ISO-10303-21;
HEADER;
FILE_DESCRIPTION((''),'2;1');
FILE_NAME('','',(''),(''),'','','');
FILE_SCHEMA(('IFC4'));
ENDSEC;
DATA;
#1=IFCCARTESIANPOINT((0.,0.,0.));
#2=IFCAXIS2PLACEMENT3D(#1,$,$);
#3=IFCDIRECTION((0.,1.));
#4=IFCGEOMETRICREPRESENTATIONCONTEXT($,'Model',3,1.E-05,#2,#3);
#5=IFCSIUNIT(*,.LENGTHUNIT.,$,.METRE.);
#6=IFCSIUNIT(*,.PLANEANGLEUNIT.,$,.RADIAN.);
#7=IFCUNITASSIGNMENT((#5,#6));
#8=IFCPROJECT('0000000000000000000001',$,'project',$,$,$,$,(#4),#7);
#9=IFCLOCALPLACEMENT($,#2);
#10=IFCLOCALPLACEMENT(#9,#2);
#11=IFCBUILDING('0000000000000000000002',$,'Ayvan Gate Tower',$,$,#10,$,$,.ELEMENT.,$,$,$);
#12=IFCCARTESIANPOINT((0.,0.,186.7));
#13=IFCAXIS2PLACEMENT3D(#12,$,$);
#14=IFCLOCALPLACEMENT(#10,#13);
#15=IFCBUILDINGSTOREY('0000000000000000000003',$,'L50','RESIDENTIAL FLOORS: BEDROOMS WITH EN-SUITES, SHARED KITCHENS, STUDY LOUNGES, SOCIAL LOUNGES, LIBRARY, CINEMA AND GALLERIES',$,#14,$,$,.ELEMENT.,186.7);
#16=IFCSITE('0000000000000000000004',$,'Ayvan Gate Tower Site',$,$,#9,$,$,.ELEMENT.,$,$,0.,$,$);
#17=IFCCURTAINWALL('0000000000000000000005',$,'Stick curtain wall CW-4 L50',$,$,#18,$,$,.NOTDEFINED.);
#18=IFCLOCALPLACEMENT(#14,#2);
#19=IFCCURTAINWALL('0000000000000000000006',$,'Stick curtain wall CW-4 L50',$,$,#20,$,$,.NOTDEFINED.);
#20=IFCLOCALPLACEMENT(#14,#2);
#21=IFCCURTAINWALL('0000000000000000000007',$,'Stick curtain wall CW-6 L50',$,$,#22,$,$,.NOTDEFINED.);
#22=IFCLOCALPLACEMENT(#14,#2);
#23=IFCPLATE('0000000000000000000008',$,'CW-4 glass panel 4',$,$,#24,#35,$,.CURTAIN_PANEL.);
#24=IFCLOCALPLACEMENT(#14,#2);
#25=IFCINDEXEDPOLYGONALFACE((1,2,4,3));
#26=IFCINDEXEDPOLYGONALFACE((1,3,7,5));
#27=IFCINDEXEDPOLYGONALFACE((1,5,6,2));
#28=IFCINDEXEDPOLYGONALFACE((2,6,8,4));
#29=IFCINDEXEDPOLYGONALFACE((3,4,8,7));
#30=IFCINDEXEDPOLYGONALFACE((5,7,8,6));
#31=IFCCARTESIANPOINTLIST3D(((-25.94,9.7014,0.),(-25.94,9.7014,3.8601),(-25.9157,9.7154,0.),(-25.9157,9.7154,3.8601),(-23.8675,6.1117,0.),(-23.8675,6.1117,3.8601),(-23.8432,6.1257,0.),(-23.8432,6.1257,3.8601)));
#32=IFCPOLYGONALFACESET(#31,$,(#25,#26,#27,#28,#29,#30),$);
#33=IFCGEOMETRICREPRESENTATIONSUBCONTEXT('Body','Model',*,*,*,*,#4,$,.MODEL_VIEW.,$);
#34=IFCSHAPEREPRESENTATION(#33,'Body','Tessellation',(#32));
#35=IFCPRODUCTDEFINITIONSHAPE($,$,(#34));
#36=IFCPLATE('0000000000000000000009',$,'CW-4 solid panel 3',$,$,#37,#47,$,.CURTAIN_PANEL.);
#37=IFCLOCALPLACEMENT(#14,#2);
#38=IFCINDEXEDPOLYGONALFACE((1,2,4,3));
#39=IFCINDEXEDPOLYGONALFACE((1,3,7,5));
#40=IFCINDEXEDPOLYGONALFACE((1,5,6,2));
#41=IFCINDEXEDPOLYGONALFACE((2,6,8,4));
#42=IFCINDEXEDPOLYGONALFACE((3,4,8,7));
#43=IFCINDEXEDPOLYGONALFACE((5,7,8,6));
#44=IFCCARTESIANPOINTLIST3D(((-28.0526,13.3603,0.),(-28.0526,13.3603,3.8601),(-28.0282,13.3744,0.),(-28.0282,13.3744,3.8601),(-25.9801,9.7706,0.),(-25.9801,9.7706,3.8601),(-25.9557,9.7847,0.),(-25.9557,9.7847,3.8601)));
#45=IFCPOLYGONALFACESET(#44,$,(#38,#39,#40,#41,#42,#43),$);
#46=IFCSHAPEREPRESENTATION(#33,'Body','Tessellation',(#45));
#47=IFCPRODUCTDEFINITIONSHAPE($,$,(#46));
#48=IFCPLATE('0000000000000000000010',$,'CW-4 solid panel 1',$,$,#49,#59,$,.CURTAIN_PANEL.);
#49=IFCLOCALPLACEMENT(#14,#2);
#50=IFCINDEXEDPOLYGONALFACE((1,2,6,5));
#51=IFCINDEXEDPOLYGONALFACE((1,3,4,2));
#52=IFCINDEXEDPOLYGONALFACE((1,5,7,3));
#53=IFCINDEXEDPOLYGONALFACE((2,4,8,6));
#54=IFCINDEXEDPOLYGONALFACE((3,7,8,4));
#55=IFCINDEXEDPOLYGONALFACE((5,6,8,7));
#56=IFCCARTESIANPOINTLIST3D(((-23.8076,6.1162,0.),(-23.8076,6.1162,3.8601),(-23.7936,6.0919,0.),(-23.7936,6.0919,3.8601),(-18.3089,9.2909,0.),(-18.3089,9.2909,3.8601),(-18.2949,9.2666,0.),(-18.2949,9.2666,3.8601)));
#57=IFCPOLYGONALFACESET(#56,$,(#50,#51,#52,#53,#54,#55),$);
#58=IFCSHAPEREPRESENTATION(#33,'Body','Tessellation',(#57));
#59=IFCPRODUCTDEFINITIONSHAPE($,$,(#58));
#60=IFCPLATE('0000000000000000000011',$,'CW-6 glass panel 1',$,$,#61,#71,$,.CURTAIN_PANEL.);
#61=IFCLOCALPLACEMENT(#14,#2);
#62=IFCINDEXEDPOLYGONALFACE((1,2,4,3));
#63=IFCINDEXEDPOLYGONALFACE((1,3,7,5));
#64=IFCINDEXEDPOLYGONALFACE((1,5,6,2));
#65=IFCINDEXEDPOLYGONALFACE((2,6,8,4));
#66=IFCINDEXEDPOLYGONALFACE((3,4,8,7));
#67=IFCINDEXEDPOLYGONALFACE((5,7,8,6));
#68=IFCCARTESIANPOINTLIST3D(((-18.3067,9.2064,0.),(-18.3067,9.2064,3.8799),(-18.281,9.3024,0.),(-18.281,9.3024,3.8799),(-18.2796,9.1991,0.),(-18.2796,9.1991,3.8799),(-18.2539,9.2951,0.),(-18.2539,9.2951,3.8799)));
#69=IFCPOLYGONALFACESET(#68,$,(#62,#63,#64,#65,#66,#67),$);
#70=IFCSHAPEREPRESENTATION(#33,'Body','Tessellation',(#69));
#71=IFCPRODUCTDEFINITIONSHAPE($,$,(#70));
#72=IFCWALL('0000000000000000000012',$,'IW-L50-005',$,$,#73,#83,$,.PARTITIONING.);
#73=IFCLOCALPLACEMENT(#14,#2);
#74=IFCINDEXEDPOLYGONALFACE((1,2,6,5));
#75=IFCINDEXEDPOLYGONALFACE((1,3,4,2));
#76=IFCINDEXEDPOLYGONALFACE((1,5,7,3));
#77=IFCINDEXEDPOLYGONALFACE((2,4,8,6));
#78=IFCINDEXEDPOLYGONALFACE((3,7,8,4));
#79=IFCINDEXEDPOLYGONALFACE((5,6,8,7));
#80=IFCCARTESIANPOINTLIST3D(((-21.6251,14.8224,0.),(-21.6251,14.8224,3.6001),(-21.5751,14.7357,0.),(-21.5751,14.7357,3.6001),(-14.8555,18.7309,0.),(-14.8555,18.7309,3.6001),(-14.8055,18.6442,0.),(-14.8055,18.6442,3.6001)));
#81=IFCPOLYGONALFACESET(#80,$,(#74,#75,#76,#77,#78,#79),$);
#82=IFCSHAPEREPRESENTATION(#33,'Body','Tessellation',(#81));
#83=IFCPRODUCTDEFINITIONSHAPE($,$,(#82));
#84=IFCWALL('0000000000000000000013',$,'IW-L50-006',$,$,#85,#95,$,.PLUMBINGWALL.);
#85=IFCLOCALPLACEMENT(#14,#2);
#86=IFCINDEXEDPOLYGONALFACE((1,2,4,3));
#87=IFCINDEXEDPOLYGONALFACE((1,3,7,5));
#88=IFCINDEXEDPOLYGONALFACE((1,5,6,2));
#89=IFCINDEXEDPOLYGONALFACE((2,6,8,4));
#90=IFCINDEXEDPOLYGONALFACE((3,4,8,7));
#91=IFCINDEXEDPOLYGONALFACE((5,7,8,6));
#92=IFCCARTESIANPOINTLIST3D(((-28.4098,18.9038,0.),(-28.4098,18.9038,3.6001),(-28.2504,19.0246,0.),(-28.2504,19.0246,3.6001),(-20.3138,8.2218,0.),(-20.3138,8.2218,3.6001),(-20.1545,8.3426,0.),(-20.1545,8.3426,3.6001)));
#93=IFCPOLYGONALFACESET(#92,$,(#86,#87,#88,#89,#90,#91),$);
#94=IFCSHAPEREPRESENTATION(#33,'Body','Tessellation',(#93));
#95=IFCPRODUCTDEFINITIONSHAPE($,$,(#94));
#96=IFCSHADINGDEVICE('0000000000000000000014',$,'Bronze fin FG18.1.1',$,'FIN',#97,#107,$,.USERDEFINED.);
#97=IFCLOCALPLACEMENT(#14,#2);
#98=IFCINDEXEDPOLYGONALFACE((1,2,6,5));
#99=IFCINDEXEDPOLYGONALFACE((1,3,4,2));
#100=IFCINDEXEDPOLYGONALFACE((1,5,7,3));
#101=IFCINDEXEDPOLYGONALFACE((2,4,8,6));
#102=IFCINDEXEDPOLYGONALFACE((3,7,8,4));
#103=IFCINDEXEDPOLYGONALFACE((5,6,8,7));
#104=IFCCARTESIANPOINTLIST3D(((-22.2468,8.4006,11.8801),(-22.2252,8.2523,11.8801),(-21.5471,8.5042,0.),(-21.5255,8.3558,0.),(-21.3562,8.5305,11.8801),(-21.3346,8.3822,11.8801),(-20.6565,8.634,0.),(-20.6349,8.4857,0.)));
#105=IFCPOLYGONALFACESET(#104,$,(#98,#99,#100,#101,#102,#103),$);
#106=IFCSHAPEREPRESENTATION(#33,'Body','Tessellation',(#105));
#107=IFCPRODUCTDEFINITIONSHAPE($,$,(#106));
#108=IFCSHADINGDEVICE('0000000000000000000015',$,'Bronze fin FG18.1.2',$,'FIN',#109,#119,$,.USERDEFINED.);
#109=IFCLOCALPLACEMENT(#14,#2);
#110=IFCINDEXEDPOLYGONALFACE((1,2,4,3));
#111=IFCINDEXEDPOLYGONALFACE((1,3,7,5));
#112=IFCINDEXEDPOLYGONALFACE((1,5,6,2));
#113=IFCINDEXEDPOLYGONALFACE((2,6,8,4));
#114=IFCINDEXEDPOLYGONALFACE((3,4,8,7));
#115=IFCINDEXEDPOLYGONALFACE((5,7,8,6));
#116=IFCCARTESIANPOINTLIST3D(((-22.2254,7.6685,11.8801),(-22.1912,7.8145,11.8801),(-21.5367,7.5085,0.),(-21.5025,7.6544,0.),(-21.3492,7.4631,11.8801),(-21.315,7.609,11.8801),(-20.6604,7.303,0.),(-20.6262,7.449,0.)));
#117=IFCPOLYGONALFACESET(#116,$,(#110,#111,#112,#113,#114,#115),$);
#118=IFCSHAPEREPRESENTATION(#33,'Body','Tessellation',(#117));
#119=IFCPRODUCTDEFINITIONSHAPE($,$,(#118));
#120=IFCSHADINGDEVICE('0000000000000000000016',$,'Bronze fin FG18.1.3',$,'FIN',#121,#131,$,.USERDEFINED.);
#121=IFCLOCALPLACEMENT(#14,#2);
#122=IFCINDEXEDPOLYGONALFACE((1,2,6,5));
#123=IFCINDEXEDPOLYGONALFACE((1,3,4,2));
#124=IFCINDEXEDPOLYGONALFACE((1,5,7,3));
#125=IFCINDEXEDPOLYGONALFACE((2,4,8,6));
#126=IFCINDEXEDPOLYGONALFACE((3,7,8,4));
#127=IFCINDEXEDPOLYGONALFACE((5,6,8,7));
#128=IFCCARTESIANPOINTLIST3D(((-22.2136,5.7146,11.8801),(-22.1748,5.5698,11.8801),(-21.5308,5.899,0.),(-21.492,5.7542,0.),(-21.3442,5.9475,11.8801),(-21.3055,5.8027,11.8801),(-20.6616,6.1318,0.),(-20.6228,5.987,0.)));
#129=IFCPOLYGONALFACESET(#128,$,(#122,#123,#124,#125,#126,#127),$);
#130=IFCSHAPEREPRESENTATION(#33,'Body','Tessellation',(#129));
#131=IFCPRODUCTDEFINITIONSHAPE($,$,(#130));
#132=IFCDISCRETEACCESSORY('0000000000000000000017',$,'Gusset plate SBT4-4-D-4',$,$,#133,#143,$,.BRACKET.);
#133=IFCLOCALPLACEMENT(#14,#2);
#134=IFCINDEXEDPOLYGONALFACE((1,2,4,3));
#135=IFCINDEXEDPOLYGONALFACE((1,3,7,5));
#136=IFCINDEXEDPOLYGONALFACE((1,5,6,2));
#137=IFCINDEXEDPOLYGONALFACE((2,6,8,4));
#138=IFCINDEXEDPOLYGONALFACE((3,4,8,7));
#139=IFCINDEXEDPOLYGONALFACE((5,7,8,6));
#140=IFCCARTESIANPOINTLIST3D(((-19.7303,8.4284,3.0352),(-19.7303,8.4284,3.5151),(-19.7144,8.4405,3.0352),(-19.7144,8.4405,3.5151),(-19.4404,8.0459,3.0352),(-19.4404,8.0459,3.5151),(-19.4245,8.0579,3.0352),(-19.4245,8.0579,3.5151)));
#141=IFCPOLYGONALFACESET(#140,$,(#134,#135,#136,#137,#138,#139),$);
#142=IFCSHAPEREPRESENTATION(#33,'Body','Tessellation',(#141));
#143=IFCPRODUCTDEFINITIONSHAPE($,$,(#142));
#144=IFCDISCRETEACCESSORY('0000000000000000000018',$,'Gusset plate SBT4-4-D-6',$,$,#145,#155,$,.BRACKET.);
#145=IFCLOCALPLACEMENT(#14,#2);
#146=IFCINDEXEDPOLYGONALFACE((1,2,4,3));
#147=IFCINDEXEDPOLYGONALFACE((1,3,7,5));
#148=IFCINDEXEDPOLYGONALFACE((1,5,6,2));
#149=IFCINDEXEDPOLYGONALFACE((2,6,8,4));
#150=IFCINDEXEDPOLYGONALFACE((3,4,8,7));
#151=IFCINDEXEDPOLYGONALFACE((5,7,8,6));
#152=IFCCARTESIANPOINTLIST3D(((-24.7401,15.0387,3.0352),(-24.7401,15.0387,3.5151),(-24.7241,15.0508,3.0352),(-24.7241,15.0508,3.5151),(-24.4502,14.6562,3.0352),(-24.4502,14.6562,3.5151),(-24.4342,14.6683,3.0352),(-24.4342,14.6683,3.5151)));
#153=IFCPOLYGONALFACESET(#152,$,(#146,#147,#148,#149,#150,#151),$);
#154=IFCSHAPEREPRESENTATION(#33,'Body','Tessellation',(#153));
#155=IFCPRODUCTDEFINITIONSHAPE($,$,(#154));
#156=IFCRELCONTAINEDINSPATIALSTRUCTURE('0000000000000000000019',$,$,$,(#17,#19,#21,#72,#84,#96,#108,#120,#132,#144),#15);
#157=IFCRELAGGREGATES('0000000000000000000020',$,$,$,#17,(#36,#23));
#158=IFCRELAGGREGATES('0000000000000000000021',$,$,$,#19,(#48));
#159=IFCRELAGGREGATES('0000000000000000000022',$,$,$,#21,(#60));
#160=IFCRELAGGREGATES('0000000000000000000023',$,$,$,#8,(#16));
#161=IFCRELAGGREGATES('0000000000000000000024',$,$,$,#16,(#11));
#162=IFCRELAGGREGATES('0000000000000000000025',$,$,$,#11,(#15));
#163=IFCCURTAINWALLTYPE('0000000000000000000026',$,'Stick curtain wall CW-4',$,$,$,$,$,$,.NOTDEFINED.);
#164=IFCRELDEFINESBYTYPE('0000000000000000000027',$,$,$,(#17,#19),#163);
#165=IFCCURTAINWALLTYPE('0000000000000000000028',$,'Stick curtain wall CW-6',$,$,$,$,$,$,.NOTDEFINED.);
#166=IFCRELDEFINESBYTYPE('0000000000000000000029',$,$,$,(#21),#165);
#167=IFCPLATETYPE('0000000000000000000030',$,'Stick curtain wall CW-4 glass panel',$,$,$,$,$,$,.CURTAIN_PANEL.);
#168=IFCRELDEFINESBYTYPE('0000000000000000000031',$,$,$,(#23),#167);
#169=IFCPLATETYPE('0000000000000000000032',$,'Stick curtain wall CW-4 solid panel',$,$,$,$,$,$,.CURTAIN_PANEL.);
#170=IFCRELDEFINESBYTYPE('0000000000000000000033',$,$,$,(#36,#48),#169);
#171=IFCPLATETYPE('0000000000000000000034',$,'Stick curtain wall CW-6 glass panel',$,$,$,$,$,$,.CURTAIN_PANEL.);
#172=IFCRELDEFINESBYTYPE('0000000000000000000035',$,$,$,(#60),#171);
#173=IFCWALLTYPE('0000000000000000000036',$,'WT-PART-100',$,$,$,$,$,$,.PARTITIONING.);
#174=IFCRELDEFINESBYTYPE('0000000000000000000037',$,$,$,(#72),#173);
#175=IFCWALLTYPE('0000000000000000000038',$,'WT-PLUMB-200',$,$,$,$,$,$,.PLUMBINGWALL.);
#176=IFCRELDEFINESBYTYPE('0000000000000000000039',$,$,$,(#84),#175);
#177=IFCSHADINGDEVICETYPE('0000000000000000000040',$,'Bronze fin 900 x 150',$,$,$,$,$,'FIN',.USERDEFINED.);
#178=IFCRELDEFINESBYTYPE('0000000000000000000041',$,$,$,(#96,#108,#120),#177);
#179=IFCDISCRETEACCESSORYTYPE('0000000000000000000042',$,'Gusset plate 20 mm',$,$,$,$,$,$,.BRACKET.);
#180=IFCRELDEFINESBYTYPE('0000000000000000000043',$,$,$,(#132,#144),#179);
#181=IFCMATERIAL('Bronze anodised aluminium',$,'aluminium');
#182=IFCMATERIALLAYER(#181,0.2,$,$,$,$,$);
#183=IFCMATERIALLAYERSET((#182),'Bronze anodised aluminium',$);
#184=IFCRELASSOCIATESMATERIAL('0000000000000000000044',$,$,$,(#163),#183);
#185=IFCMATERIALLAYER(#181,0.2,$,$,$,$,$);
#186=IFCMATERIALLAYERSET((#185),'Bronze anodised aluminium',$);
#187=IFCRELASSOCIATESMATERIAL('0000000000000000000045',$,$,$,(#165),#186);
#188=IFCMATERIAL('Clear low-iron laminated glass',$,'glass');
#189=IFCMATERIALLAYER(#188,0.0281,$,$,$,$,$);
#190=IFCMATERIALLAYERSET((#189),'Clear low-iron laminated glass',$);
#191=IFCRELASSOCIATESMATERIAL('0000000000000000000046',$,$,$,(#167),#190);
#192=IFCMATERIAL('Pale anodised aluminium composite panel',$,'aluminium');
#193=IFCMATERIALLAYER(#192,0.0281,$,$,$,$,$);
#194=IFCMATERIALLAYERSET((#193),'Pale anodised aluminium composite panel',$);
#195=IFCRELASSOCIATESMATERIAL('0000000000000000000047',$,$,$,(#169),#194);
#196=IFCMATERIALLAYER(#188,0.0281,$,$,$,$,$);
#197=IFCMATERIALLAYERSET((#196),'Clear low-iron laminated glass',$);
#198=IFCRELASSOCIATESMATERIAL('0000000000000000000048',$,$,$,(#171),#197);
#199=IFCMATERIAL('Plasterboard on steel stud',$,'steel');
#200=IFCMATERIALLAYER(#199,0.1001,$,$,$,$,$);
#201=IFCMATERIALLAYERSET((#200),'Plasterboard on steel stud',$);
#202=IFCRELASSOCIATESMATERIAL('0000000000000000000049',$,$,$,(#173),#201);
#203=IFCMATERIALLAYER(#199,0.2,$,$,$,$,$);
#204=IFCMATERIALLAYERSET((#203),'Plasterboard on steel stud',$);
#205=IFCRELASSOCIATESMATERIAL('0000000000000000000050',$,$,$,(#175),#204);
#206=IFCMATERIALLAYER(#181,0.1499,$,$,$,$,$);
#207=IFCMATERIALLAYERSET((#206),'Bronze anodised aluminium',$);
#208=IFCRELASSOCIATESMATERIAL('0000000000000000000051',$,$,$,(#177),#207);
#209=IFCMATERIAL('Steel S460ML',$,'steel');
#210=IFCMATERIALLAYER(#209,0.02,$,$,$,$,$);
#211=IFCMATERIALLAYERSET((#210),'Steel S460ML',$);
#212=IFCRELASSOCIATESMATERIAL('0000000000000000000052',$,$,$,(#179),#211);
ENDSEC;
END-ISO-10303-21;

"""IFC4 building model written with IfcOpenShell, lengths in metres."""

from ifc_helpers import new_model, si_unit, direction, frame, frame_2d, origin, origin_2d, place, context, subcontext, project, spatial, polyline, rectangle, outline, extrude, material, layer, layer_set, type_object, element, aggregate, save


model = new_model("IFC4")

# Units and contexts
model_context = context("Model", 3, precision=1e-05, world=origin(), true_north=direction((0.0, 1.0)))
body_context = subcontext(model_context, "Body", "Model", "MODEL_VIEW")
ifc_project = project(units=[si_unit("LENGTHUNIT", "METRE"), si_unit("PLANEANGLEUNIT", "RADIAN")], contexts=[model_context])

# Site, building, storey
site_placement = place(None, origin())
site = spatial("IfcSite", under=ifc_project, at=site_placement, Name="Ayvan Gate Tower Site", CompositionType="ELEMENT", RefElevation=0.0)
building_placement = place(site_placement, origin())
building = spatial("IfcBuilding", under=site, at=building_placement, Name="Ayvan Gate Tower", CompositionType="ELEMENT")
storey_placement = place(building_placement, frame((0.0, 0.0, 186.7)))
storey = spatial("IfcBuildingStorey", under=building, at=storey_placement, Name="L50", Description="RESIDENTIAL FLOORS: BEDROOMS WITH EN-SUITES, SHARED KITCHENS, STUDY LOUNGES, SOCIAL LOUNGES, LIBRARY, CINEMA AND GALLERIES", CompositionType="ELEMENT", Elevation=186.7)

# Curtain walls
ifc_material_1 = material(Name="Bronze anodised aluminium", Category="aluminium")
ifc_layer_1 = layer(ifc_material_1, 0.2)
ifc_layer_set_1 = layer_set([ifc_layer_1], Name="Bronze anodised aluminium")
curtain_wall_type_1 = type_object("IfcCurtainWallType", Name="Stick curtain wall CW-4", PredefinedType="NOTDEFINED", material=ifc_layer_set_1)
curtain_wall_1_placement = place(storey_placement, origin())
curtain_wall_1 = element("IfcCurtainWall", 1, at=curtain_wall_1_placement, inside=storey, type_object=curtain_wall_type_1, Name="Stick curtain wall CW-4 L50", PredefinedType="NOTDEFINED")
curtain_wall_2_placement = place(storey_placement, origin())
curtain_wall_2 = element("IfcCurtainWall", 2, at=curtain_wall_2_placement, inside=storey, type_object=curtain_wall_type_1, Name="Stick curtain wall CW-4 L50", PredefinedType="NOTDEFINED")

# Curtain wall
ifc_layer_2 = layer(ifc_material_1, 0.2)
ifc_layer_set_2 = layer_set([ifc_layer_2], Name="Bronze anodised aluminium")
curtain_wall_type_2 = type_object("IfcCurtainWallType", Name="Stick curtain wall CW-6", PredefinedType="NOTDEFINED", material=ifc_layer_set_2)
curtain_wall_3_placement = place(storey_placement, origin())
curtain_wall_3 = element("IfcCurtainWall", 3, at=curtain_wall_3_placement, inside=storey, type_object=curtain_wall_type_2, Name="Stick curtain wall CW-6 L50", PredefinedType="NOTDEFINED")

# Plates
ifc_material_2 = material(Name="Pale anodised aluminium composite panel", Category="aluminium")
ifc_material_3 = material(Name="Clear low-iron laminated glass", Category="glass")
ifc_layer_3 = layer(ifc_material_3, 0.0281)
ifc_layer_set_3 = layer_set([ifc_layer_3], Name="Clear low-iron laminated glass")
plate_type_1 = type_object("IfcPlateType", Name="Stick curtain wall CW-4 glass panel", PredefinedType="CURTAIN_PANEL", material=ifc_layer_set_3)
plate_1_placement = place(storey_placement, frame((-24.8916, 7.9136, 0.0), z_axis=(0.0, 0.0, 1.0), x_axis=(0.5, -0.866025, 0.0)))
plate_1 = element("IfcPlate", 4, at=plate_1_placement, type_object=plate_type_1, Name="CW-4 glass panel 4", PredefinedType="CURTAIN_PANEL", context=body_context, shape_type="SweptSolid", body=[
    extrude(rectangle(XDim=4.145, YDim=0.0281, at=origin_2d()), origin(), (0.0, 0.0, 1.0), 3.8601),
])
ifc_layer_4 = layer(ifc_material_2, 0.0281)
ifc_layer_set_4 = layer_set([ifc_layer_4], Name="Pale anodised aluminium composite panel")
plate_type_2 = type_object("IfcPlateType", Name="Stick curtain wall CW-4 solid panel", PredefinedType="CURTAIN_PANEL", material=ifc_layer_set_4)
plate_2_placement = place(storey_placement, frame((-27.0042, 11.5725, 0.0), z_axis=(0.0, 0.0, 1.0), x_axis=(0.5, -0.866025, 0.0)))
plate_2 = element("IfcPlate", 5, at=plate_2_placement, type_object=plate_type_2, Name="CW-4 solid panel 3", PredefinedType="CURTAIN_PANEL", context=body_context, shape_type="SweptSolid", body=[
    extrude(rectangle(XDim=4.145, YDim=0.0281, at=origin_2d()), origin(), (0.0, 0.0, 1.0), 3.8601),
])
aggregate(curtain_wall_1, [plate_2, plate_1])
plate_3_placement = place(storey_placement, frame((-21.0513, 7.6914, 0.0), z_axis=(0.0, 0.0, 1.0), x_axis=(0.866025, 0.5, 0.0)))
plate_3 = element("IfcPlate", 6, at=plate_3_placement, type_object=plate_type_2, Name="CW-4 solid panel 1", PredefinedType="CURTAIN_PANEL", context=body_context, shape_type="SweptSolid", body=[
    extrude(rectangle(XDim=6.3494, YDim=0.0281, at=origin_2d()), origin(), (0.0, 0.0, 1.0), 3.8601),
])
aggregate(curtain_wall_2, [plate_3])
ifc_layer_5 = layer(ifc_material_3, 0.0281)
ifc_layer_set_5 = layer_set([ifc_layer_5], Name="Clear low-iron laminated glass")
plate_type_3 = type_object("IfcPlateType", Name="Stick curtain wall CW-6 glass panel", PredefinedType="CURTAIN_PANEL", material=ifc_layer_set_5)
plate_4_placement = place(storey_placement, frame((-18.2803, 9.2507, 0.0), z_axis=(0.0, 0.0, 1.0), x_axis=(-0.258819, -0.965926, 0.0)))
plate_4 = element("IfcPlate", 7, at=plate_4_placement, type_object=plate_type_3, Name="CW-6 glass panel 1", PredefinedType="CURTAIN_PANEL", context=body_context, shape_type="SweptSolid", body=[
    extrude(rectangle(XDim=0.0994, YDim=0.0281, at=origin_2d()), origin(), (0.0, 0.0, 1.0), 3.8799),
])
aggregate(curtain_wall_3, [plate_4])

# Walls
ifc_material_4 = material(Name="Plasterboard on steel stud", Category="steel")
ifc_layer_6 = layer(ifc_material_4, 0.1001)
ifc_layer_set_6 = layer_set([ifc_layer_6], Name="Plasterboard on steel stud")
wall_type_1 = type_object("IfcWallType", Name="WT-PART-100", PredefinedType="PARTITIONING", material=ifc_layer_set_6)
wall_1_placement = place(storey_placement, frame((-21.6001, 14.7791, 0.0), z_axis=(0.0, 0.0, 1.0), x_axis=(0.866022, 0.500005, 0.0)))
element("IfcWall", 8, at=wall_1_placement, inside=storey, type_object=wall_type_1, Name="IW-L50-005", PredefinedType="PARTITIONING", context=body_context, shape_type="SweptSolid", body=[
    extrude(rectangle(XDim=7.8169, YDim=0.1001, at=frame_2d((3.9084, 0.0))), origin(), (0.0, 0.0, 1.0), 3.6001),
])
ifc_layer_7 = layer(ifc_material_4, 0.2)
ifc_layer_set_7 = layer_set([ifc_layer_7], Name="Plasterboard on steel stud")
wall_type_2 = type_object("IfcWallType", Name="WT-PLUMB-200", PredefinedType="PLUMBINGWALL", material=ifc_layer_set_7)
wall_2_placement = place(storey_placement, frame((-20.2341, 8.2822, 0.0), z_axis=(0.0, 0.0, 1.0), x_axis=(-0.604029, 0.796962, 0.0)))
element("IfcWall", 9, at=wall_2_placement, inside=storey, type_object=wall_type_2, Name="IW-L50-006", PredefinedType="PLUMBINGWALL", context=body_context, shape_type="SweptSolid", body=[
    extrude(rectangle(XDim=13.4033, YDim=0.2, at=frame_2d((6.7017, 0.0))), origin(), (0.0, 0.0, 1.0), 3.6001),
])

# Shading devices
ifc_layer_8 = layer(ifc_material_1, 0.1499)
ifc_layer_set_8 = layer_set([ifc_layer_8], Name="Bronze anodised aluminium")
shading_device_type = type_object("IfcShadingDeviceType", Name="Bronze fin 900 x 150", ElementType="FIN", PredefinedType="USERDEFINED", material=ifc_layer_set_8)
shading_device_1_placement = place(storey_placement, frame((-20.6565, 8.634, 0.0), z_axis=(-0.144307, 0.989533, 0.000123), x_axis=(-0.989533, -0.144307, 0.0)))
element("IfcShadingDevice", 10, at=shading_device_1_placement, inside=storey, type_object=shading_device_type, Name="Bronze fin FG18.1.1", ObjectType="FIN", PredefinedType="USERDEFINED", context=body_context, shape_type="SweptSolid", body=[
    extrude(outline(polyline([(0.0, 0.0), (0.9, 0.0), (1.6074, 11.8801), (0.7073, 11.8801), (0.0, 0.0)])), origin(), (0.0, 0.0, -1.0), 0.1499),
])
shading_device_2_placement = place(storey_placement, frame((-20.6262, 7.449, 0.0), z_axis=(0.228276, 0.973597, 0.000119), x_axis=(-0.973597, 0.228276, 0.0)))
element("IfcShadingDevice", 11, at=shading_device_2_placement, inside=storey, type_object=shading_device_type, Name="Bronze fin FG18.1.2", ObjectType="FIN", PredefinedType="USERDEFINED", context=body_context, shape_type="SweptSolid", body=[
    extrude(outline(polyline([(0.0, 0.0), (0.9, 0.0), (1.6071, 11.8801), (0.7071, 11.8801), (0.0, 0.0)])), origin(), (0.0, 0.0, -1.0), 0.1499),
])
shading_device_3_placement = place(storey_placement, frame((-20.6616, 6.1318, 0.0), z_axis=(-0.258811, 0.965928, 0.000113), x_axis=(-0.965928, -0.258811, 0.0)))
element("IfcShadingDevice", 12, at=shading_device_3_placement, inside=storey, type_object=shading_device_type, Name="Bronze fin FG18.1.3", ObjectType="FIN", PredefinedType="USERDEFINED", context=body_context, shape_type="SweptSolid", body=[
    extrude(outline(polyline([(0.0, 0.0), (0.8998, 0.0), (1.6071, 11.8801), (0.7071, 11.8801), (0.0, 0.0)])), origin(), (0.0, 0.0, -1.0), 0.1499),
])

# Discrete accessories
ifc_material_5 = material(Name="Steel S460ML", Category="steel")
ifc_layer_9 = layer(ifc_material_5, 0.02)
ifc_layer_set_9 = layer_set([ifc_layer_9], Name="Steel S460ML")
discrete_accessory_type = type_object("IfcDiscreteAccessoryType", Name="Gusset plate 20 mm", PredefinedType="BRACKET", material=ifc_layer_set_9)
for number, where, z_axis, x_axis, name in (
    (13, (-19.5774, 8.2432, 3.0352), (0.0, 0.0, 1.0), (-0.604022, 0.796968, 0.0), "Gusset plate SBT4-4-D-4"),
    (14, (-24.5872, 14.8535, 3.0352), (0.0, 0.0, 1.0), (-0.604022, 0.796968, 0.0), "Gusset plate SBT4-4-D-6"),
):
    element("IfcDiscreteAccessory", number, at=place(storey_placement, frame(where, z_axis=z_axis, x_axis=x_axis)), inside=storey, type_object=discrete_accessory_type, Name=name, PredefinedType="BRACKET", context=body_context, shape_type="SweptSolid", body=[
        extrude(rectangle(XDim=0.48, YDim=0.02, at=origin_2d()), origin(), (0.0, 0.0, 1.0), 0.48),
    ])

save(model, "model.ifc")
